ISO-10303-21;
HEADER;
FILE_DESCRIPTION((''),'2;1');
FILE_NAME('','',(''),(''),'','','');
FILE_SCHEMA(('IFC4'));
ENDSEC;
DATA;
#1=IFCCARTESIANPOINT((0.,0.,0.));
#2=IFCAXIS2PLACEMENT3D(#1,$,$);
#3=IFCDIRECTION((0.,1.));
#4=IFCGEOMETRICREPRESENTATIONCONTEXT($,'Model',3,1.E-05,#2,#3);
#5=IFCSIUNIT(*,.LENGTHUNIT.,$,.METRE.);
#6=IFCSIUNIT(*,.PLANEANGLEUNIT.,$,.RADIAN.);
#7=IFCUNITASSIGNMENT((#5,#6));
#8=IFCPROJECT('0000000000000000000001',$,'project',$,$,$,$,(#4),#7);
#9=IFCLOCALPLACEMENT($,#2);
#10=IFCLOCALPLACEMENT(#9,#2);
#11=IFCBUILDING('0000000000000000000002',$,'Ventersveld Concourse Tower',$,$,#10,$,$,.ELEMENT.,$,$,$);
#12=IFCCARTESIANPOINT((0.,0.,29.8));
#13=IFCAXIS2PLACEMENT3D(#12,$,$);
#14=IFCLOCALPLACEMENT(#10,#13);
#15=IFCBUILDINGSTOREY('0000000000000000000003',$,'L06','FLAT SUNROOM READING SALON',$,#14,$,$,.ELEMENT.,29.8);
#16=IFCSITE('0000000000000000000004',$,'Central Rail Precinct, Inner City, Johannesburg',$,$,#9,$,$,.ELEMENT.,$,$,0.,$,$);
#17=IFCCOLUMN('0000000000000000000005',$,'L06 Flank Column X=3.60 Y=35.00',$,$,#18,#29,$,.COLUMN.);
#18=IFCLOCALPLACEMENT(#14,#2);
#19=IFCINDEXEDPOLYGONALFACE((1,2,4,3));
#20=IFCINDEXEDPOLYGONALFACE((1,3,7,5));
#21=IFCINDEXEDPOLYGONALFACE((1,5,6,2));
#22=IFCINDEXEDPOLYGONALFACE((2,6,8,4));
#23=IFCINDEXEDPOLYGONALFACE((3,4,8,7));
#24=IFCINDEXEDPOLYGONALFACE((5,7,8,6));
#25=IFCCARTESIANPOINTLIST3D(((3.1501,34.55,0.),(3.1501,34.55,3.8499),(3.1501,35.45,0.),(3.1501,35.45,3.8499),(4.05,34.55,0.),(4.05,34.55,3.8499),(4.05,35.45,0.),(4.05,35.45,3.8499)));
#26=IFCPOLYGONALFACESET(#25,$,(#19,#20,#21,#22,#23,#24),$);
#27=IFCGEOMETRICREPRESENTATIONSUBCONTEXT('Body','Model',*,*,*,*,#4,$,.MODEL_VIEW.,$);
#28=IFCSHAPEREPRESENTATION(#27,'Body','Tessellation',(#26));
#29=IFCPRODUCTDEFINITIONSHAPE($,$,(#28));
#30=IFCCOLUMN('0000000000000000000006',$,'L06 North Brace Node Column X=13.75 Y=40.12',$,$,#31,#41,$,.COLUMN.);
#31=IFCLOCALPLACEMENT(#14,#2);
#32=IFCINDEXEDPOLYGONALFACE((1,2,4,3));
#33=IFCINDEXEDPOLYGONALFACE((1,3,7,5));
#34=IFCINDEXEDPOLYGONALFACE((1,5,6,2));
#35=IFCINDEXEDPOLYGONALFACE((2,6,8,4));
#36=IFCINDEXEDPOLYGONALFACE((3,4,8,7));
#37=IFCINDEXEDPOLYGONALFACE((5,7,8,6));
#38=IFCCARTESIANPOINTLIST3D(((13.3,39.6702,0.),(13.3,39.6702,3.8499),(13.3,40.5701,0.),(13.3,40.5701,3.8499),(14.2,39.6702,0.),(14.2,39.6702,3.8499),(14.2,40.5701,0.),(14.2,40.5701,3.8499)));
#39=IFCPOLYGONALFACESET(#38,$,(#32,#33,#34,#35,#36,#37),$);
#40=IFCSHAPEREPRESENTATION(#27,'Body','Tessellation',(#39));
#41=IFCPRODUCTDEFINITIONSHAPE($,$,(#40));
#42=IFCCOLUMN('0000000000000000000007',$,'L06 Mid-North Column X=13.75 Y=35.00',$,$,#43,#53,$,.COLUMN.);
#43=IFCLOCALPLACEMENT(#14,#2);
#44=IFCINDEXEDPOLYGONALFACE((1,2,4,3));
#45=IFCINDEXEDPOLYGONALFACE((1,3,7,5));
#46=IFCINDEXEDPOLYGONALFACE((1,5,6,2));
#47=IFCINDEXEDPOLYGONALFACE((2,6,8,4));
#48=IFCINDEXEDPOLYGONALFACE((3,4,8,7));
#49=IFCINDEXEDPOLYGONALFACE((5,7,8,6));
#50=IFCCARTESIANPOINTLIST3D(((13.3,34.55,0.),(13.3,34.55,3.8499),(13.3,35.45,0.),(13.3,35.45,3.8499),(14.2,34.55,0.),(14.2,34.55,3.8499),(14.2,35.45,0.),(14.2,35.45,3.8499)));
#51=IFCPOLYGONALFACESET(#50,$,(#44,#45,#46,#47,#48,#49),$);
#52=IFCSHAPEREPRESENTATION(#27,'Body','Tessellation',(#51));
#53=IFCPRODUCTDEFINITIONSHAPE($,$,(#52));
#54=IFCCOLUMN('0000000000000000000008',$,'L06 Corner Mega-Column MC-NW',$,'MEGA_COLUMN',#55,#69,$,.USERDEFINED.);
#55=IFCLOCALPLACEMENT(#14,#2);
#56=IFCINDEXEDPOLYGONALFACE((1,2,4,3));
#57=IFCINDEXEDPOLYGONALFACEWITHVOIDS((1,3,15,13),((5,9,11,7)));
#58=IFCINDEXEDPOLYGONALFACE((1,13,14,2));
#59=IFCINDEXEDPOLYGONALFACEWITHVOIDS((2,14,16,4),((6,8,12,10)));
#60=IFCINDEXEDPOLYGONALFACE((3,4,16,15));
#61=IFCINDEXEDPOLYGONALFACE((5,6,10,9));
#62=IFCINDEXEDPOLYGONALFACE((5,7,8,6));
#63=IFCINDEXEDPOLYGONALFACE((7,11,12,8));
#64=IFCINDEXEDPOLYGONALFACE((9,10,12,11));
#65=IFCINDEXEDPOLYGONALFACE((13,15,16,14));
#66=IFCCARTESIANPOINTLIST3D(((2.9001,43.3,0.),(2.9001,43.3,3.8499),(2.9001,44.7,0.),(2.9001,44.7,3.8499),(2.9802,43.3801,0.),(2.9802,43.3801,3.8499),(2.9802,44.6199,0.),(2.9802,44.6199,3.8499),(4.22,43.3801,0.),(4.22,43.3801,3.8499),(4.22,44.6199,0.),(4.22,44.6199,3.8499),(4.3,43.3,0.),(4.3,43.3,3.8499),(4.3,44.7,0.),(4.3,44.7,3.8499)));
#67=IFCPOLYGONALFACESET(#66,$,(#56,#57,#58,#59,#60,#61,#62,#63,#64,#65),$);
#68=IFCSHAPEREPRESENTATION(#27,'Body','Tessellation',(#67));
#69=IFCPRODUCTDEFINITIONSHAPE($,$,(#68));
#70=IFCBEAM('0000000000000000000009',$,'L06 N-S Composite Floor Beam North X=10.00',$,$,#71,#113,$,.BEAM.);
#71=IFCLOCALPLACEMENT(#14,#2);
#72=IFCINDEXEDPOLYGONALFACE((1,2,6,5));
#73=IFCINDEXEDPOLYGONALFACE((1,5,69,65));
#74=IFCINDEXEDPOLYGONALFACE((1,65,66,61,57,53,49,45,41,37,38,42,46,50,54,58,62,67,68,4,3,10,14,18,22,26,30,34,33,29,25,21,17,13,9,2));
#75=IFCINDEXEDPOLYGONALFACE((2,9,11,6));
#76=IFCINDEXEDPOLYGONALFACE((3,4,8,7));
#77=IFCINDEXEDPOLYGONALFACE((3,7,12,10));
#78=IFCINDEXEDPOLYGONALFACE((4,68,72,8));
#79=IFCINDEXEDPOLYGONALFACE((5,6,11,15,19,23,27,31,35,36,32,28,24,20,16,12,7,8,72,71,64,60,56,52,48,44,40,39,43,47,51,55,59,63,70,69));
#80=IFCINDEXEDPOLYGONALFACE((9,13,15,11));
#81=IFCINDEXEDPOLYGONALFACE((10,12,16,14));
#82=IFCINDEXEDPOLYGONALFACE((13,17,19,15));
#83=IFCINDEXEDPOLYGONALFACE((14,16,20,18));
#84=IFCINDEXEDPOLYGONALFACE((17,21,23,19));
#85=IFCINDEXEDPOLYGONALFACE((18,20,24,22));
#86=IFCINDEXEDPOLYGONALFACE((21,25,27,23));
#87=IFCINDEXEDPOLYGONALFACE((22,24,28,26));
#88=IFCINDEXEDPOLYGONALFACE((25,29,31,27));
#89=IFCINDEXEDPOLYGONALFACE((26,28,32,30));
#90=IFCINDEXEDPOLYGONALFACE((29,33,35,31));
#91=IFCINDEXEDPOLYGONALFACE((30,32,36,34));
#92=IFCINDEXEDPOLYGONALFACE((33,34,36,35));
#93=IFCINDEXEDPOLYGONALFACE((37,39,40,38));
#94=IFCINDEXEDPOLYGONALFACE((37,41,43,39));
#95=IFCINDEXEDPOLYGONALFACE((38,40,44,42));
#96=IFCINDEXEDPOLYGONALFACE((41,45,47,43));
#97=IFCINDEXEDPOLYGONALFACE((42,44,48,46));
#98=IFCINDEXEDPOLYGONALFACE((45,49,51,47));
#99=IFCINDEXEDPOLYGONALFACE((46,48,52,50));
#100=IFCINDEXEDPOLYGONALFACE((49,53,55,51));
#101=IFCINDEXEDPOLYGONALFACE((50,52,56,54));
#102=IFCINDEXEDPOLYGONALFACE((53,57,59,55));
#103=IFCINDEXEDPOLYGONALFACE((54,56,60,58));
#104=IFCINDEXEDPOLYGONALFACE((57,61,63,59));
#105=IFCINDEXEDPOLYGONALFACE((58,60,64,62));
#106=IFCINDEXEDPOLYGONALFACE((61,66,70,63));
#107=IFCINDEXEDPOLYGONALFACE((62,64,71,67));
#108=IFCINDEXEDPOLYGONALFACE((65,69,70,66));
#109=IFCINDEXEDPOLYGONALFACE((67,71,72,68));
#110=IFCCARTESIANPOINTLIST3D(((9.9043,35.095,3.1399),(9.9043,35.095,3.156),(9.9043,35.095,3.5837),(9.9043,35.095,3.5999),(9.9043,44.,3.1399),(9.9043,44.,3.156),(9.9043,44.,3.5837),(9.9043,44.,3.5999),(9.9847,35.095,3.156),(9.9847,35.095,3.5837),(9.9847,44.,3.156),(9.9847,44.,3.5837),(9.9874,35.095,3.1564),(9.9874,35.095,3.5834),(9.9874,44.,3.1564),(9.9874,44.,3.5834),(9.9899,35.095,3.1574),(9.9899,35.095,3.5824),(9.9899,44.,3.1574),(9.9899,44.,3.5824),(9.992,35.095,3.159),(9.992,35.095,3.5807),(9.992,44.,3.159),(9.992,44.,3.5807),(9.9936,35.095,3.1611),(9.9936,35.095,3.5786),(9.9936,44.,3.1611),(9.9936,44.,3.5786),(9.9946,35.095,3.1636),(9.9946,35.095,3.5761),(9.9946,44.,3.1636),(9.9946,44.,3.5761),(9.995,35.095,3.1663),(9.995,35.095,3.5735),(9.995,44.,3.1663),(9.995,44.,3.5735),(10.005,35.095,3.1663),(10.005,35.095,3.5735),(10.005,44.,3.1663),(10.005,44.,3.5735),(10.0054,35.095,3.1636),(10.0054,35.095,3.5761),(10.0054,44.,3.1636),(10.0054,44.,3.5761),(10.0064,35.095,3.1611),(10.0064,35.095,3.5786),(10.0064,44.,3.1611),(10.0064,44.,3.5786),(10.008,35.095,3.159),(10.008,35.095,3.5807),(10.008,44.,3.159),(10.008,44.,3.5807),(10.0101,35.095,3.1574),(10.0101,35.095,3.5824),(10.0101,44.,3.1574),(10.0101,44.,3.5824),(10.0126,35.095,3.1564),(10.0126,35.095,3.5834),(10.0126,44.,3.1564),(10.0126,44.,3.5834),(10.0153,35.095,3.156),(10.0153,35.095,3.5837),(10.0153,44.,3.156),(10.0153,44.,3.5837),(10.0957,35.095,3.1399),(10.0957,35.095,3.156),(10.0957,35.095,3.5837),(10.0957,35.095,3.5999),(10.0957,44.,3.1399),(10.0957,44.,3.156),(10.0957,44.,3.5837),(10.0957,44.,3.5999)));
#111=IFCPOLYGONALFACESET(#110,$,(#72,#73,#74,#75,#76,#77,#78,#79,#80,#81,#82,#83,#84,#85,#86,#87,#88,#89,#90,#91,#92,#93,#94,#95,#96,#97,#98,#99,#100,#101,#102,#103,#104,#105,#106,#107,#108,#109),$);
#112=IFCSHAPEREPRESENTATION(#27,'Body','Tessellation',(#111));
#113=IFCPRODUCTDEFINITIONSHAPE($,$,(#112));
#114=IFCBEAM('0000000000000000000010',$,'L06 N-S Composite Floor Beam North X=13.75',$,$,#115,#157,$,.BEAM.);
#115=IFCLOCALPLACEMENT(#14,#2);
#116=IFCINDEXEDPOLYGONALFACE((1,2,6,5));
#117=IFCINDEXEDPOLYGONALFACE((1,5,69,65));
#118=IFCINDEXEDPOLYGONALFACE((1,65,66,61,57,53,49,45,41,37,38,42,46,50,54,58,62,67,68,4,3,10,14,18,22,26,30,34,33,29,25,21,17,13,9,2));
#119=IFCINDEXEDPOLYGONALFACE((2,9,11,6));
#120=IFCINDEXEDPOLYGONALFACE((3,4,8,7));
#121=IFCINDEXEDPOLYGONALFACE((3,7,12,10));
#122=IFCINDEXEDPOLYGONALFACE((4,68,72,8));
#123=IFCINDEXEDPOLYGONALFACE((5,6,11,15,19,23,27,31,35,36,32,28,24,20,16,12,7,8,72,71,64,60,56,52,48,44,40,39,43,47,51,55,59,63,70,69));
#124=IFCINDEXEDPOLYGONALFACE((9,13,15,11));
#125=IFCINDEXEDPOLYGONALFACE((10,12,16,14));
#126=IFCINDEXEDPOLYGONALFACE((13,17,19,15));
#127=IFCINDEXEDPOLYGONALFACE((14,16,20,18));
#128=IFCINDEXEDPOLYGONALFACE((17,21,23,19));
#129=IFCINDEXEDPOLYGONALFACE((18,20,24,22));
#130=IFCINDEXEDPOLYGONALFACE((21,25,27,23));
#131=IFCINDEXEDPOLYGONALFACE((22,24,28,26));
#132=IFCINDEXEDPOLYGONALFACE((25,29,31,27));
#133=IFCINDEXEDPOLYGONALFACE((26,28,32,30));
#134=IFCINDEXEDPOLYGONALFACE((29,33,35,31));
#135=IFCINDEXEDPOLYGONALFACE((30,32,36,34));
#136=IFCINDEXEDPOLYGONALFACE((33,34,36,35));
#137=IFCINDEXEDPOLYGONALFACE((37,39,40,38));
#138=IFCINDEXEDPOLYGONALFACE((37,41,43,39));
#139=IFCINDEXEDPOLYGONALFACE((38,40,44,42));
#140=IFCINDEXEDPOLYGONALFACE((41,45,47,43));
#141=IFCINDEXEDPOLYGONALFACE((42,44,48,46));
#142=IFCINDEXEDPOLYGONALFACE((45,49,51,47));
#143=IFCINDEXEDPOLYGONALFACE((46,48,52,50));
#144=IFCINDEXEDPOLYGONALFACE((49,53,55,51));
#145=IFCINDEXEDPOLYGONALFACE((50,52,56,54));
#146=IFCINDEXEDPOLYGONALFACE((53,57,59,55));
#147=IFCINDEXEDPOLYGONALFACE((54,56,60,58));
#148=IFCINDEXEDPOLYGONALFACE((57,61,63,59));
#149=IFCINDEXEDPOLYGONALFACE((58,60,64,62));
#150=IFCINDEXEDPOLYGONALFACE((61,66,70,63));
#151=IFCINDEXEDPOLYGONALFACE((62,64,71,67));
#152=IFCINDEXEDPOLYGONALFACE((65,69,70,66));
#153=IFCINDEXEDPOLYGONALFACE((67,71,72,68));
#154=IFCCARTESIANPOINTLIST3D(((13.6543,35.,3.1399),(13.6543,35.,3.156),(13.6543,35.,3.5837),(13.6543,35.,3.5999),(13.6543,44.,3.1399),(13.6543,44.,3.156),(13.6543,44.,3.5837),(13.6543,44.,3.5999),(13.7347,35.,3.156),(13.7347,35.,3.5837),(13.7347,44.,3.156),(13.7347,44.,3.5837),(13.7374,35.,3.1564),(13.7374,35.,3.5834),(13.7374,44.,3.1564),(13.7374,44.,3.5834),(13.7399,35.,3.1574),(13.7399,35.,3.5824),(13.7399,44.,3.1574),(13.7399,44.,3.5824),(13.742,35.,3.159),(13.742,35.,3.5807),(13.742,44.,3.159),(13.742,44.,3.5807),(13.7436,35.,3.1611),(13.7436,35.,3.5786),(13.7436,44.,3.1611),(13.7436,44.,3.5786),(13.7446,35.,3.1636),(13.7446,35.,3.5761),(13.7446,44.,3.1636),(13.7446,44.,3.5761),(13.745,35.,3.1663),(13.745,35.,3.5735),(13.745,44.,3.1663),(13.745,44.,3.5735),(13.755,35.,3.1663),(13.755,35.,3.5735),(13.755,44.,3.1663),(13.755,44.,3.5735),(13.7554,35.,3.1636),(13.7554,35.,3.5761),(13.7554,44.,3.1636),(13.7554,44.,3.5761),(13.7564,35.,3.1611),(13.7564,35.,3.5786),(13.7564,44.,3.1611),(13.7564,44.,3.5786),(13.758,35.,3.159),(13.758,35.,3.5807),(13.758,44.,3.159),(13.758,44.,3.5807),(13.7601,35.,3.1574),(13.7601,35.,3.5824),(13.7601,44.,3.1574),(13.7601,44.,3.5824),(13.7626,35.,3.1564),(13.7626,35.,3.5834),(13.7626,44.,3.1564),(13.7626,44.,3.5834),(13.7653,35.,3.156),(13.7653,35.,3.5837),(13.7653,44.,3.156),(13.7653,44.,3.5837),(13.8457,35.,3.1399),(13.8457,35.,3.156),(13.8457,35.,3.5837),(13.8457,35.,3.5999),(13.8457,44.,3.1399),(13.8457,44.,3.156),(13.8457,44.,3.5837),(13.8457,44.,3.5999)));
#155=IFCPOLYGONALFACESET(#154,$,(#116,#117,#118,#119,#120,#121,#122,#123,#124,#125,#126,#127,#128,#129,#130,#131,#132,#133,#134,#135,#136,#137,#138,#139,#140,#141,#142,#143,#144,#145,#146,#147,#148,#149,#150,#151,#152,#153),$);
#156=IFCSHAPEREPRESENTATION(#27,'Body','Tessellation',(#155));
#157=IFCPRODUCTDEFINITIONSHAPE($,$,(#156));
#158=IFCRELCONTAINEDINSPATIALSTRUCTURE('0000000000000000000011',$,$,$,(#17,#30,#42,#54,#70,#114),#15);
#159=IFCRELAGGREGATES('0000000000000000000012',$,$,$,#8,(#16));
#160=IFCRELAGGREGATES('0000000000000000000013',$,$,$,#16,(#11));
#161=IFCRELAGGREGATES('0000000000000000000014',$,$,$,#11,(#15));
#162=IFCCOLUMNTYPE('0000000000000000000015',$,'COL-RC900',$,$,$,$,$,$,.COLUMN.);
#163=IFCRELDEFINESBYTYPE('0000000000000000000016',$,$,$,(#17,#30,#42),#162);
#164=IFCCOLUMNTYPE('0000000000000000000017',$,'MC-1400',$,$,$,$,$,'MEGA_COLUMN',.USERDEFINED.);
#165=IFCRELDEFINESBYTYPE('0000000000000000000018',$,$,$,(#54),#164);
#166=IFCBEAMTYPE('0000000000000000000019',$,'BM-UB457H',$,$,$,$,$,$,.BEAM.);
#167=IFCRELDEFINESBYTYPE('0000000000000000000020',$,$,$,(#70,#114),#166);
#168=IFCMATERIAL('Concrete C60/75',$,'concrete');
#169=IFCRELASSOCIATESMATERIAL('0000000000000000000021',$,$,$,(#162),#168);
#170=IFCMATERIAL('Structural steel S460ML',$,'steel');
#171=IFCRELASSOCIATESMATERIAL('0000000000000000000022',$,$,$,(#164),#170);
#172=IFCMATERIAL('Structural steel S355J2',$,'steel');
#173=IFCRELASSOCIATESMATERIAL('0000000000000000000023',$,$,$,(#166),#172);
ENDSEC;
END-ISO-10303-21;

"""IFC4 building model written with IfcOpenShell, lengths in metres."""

from ifc_helpers import new_model, si_unit, direction, frame, origin, origin_2d, place, context, subcontext, project, spatial, rectangle, hollow_rectangle, i_section, extrude, material, material_profile, profile_set, type_object, element, save


model = new_model("IFC4")

# Units and contexts
model_context = context("Model", 3, precision=1e-05, world=origin(), true_north=direction((0.0, 1.0)))
body_context = subcontext(model_context, "Body", "Model", "MODEL_VIEW")
ifc_project = project(units=[si_unit("LENGTHUNIT", "METRE"), si_unit("PLANEANGLEUNIT", "RADIAN")], contexts=[model_context])

# Site, building, storey
site_placement = place(None, origin())
site = spatial("IfcSite", under=ifc_project, at=site_placement, Name="Central Rail Precinct, Inner City, Johannesburg", CompositionType="ELEMENT", RefElevation=0.0)
building_placement = place(site_placement, origin())
building = spatial("IfcBuilding", under=site, at=building_placement, Name="Ventersveld Concourse Tower", CompositionType="ELEMENT")
storey_placement = place(building_placement, frame((0.0, 0.0, 29.8)))
storey = spatial("IfcBuildingStorey", under=building, at=storey_placement, Name="L06", Description="FLAT SUNROOM READING SALON", CompositionType="ELEMENT", Elevation=29.8)

# Columns
ifc_material_1 = material(Name="Concrete C60/75", Category="concrete")
ifc_material_profile_1 = material_profile(ifc_material_1, rectangle(XDim=0.8999, YDim=0.8999, at=origin_2d()), Name="RC 900x900")
ifc_profile_set_1 = profile_set([ifc_material_profile_1], Name="Concrete C60/75")
column_type_1 = type_object("IfcColumnType", Name="COL-RC900", PredefinedType="COLUMN", material=ifc_profile_set_1)
for number, where, z_axis, x_axis, name in (
    (1, (3.6001, 35.0, 0.0), (0.0, 0.0, 1.0), (1.0, 0.0, 0.0), "L06 Flank Column X=3.60 Y=35.00"),
    (2, (13.75, 40.1201, 0.0), (0.0, 0.0, 1.0), (1.0, 0.0, 0.0), "L06 North Brace Node Column X=13.75 Y=40.12"),
    (3, (13.75, 35.0, 0.0), (0.0, 0.0, 1.0), (1.0, 0.0, 0.0), "L06 Mid-North Column X=13.75 Y=35.00"),
):
    element("IfcColumn", number, at=place(storey_placement, frame(where, z_axis=z_axis, x_axis=x_axis)), inside=storey, type_object=column_type_1, Name=name, PredefinedType="COLUMN", context=body_context, shape_type="SweptSolid", body=[
        extrude(rectangle(XDim=0.8999, YDim=0.8999, at=origin_2d()), origin(), (0.0, 0.0, 1.0), 3.8499),
    ])
ifc_material_2 = material(Name="Structural steel S460ML", Category="steel")
ifc_material_profile_2 = material_profile(ifc_material_2, hollow_rectangle(XDim=1.3999, YDim=1.3999, WallThickness=0.0801, at=origin_2d()), Name="BOX 1400x1400x80")
ifc_profile_set_2 = profile_set([ifc_material_profile_2], Name="Structural steel S460ML")
column_type_2 = type_object("IfcColumnType", Name="MC-1400", ElementType="MEGA_COLUMN", PredefinedType="USERDEFINED", material=ifc_profile_set_2)
column_placement = place(storey_placement, frame((3.6001, 44.0, 0.0), z_axis=(0.0, 0.0, 1.0), x_axis=(1.0, 0.0, 0.0)))
element("IfcColumn", 4, at=column_placement, inside=storey, type_object=column_type_2, Name="L06 Corner Mega-Column MC-NW", ObjectType="MEGA_COLUMN", PredefinedType="USERDEFINED", context=body_context, shape_type="SweptSolid", body=[
    extrude(hollow_rectangle(XDim=1.3999, YDim=1.3999, WallThickness=0.0801, at=origin_2d()), origin(), (0.0, 0.0, 1.0), 3.8499),
])

# Beams
ifc_material_3 = material(Name="Structural steel S355J2", Category="steel")
ifc_material_profile_3 = material_profile(ifc_material_3, i_section(OverallWidth=0.1914, OverallDepth=0.46, WebThickness=0.01, FlangeThickness=0.0161, FilletRadius=0.0103, at=origin_2d()), Name="UB 457x191x82")
ifc_profile_set_3 = profile_set([ifc_material_profile_3], Name="Structural steel S355J2")
beam_type_1 = type_object("IfcBeamType", Name="BM-UB457H", PredefinedType="BEAM", material=ifc_profile_set_3)
beam_1_placement = place(storey_placement, frame((10.0, 35.095, 3.3699), z_axis=(0.0, 1.0, 0.0), x_axis=(-1.0, 0.0, 0.0)))
element("IfcBeam", 5, at=beam_1_placement, inside=storey, type_object=beam_type_1, Name="L06 N-S Composite Floor Beam North X=10.00", PredefinedType="BEAM", context=body_context, shape_type="SweptSolid", body=[
    extrude(i_section(OverallWidth=0.1914, OverallDepth=0.46, WebThickness=0.01, FlangeThickness=0.0161, FilletRadius=0.0103, at=origin_2d()), origin(), (0.0, 0.0, 1.0), 8.905),
])
beam_2_placement = place(storey_placement, frame((13.75, 35.0, 3.3699), z_axis=(0.0, 1.0, 0.0), x_axis=(-1.0, 0.0, 0.0)))
element("IfcBeam", 6, at=beam_2_placement, inside=storey, type_object=beam_type_1, Name="L06 N-S Composite Floor Beam North X=13.75", PredefinedType="BEAM", context=body_context, shape_type="SweptSolid", body=[
    extrude(i_section(OverallWidth=0.1914, OverallDepth=0.46, WebThickness=0.01, FlangeThickness=0.0161, FilletRadius=0.0103, at=origin_2d()), origin(), (0.0, 0.0, 1.0), 9.0),
])

save(model, "model.ifc")
